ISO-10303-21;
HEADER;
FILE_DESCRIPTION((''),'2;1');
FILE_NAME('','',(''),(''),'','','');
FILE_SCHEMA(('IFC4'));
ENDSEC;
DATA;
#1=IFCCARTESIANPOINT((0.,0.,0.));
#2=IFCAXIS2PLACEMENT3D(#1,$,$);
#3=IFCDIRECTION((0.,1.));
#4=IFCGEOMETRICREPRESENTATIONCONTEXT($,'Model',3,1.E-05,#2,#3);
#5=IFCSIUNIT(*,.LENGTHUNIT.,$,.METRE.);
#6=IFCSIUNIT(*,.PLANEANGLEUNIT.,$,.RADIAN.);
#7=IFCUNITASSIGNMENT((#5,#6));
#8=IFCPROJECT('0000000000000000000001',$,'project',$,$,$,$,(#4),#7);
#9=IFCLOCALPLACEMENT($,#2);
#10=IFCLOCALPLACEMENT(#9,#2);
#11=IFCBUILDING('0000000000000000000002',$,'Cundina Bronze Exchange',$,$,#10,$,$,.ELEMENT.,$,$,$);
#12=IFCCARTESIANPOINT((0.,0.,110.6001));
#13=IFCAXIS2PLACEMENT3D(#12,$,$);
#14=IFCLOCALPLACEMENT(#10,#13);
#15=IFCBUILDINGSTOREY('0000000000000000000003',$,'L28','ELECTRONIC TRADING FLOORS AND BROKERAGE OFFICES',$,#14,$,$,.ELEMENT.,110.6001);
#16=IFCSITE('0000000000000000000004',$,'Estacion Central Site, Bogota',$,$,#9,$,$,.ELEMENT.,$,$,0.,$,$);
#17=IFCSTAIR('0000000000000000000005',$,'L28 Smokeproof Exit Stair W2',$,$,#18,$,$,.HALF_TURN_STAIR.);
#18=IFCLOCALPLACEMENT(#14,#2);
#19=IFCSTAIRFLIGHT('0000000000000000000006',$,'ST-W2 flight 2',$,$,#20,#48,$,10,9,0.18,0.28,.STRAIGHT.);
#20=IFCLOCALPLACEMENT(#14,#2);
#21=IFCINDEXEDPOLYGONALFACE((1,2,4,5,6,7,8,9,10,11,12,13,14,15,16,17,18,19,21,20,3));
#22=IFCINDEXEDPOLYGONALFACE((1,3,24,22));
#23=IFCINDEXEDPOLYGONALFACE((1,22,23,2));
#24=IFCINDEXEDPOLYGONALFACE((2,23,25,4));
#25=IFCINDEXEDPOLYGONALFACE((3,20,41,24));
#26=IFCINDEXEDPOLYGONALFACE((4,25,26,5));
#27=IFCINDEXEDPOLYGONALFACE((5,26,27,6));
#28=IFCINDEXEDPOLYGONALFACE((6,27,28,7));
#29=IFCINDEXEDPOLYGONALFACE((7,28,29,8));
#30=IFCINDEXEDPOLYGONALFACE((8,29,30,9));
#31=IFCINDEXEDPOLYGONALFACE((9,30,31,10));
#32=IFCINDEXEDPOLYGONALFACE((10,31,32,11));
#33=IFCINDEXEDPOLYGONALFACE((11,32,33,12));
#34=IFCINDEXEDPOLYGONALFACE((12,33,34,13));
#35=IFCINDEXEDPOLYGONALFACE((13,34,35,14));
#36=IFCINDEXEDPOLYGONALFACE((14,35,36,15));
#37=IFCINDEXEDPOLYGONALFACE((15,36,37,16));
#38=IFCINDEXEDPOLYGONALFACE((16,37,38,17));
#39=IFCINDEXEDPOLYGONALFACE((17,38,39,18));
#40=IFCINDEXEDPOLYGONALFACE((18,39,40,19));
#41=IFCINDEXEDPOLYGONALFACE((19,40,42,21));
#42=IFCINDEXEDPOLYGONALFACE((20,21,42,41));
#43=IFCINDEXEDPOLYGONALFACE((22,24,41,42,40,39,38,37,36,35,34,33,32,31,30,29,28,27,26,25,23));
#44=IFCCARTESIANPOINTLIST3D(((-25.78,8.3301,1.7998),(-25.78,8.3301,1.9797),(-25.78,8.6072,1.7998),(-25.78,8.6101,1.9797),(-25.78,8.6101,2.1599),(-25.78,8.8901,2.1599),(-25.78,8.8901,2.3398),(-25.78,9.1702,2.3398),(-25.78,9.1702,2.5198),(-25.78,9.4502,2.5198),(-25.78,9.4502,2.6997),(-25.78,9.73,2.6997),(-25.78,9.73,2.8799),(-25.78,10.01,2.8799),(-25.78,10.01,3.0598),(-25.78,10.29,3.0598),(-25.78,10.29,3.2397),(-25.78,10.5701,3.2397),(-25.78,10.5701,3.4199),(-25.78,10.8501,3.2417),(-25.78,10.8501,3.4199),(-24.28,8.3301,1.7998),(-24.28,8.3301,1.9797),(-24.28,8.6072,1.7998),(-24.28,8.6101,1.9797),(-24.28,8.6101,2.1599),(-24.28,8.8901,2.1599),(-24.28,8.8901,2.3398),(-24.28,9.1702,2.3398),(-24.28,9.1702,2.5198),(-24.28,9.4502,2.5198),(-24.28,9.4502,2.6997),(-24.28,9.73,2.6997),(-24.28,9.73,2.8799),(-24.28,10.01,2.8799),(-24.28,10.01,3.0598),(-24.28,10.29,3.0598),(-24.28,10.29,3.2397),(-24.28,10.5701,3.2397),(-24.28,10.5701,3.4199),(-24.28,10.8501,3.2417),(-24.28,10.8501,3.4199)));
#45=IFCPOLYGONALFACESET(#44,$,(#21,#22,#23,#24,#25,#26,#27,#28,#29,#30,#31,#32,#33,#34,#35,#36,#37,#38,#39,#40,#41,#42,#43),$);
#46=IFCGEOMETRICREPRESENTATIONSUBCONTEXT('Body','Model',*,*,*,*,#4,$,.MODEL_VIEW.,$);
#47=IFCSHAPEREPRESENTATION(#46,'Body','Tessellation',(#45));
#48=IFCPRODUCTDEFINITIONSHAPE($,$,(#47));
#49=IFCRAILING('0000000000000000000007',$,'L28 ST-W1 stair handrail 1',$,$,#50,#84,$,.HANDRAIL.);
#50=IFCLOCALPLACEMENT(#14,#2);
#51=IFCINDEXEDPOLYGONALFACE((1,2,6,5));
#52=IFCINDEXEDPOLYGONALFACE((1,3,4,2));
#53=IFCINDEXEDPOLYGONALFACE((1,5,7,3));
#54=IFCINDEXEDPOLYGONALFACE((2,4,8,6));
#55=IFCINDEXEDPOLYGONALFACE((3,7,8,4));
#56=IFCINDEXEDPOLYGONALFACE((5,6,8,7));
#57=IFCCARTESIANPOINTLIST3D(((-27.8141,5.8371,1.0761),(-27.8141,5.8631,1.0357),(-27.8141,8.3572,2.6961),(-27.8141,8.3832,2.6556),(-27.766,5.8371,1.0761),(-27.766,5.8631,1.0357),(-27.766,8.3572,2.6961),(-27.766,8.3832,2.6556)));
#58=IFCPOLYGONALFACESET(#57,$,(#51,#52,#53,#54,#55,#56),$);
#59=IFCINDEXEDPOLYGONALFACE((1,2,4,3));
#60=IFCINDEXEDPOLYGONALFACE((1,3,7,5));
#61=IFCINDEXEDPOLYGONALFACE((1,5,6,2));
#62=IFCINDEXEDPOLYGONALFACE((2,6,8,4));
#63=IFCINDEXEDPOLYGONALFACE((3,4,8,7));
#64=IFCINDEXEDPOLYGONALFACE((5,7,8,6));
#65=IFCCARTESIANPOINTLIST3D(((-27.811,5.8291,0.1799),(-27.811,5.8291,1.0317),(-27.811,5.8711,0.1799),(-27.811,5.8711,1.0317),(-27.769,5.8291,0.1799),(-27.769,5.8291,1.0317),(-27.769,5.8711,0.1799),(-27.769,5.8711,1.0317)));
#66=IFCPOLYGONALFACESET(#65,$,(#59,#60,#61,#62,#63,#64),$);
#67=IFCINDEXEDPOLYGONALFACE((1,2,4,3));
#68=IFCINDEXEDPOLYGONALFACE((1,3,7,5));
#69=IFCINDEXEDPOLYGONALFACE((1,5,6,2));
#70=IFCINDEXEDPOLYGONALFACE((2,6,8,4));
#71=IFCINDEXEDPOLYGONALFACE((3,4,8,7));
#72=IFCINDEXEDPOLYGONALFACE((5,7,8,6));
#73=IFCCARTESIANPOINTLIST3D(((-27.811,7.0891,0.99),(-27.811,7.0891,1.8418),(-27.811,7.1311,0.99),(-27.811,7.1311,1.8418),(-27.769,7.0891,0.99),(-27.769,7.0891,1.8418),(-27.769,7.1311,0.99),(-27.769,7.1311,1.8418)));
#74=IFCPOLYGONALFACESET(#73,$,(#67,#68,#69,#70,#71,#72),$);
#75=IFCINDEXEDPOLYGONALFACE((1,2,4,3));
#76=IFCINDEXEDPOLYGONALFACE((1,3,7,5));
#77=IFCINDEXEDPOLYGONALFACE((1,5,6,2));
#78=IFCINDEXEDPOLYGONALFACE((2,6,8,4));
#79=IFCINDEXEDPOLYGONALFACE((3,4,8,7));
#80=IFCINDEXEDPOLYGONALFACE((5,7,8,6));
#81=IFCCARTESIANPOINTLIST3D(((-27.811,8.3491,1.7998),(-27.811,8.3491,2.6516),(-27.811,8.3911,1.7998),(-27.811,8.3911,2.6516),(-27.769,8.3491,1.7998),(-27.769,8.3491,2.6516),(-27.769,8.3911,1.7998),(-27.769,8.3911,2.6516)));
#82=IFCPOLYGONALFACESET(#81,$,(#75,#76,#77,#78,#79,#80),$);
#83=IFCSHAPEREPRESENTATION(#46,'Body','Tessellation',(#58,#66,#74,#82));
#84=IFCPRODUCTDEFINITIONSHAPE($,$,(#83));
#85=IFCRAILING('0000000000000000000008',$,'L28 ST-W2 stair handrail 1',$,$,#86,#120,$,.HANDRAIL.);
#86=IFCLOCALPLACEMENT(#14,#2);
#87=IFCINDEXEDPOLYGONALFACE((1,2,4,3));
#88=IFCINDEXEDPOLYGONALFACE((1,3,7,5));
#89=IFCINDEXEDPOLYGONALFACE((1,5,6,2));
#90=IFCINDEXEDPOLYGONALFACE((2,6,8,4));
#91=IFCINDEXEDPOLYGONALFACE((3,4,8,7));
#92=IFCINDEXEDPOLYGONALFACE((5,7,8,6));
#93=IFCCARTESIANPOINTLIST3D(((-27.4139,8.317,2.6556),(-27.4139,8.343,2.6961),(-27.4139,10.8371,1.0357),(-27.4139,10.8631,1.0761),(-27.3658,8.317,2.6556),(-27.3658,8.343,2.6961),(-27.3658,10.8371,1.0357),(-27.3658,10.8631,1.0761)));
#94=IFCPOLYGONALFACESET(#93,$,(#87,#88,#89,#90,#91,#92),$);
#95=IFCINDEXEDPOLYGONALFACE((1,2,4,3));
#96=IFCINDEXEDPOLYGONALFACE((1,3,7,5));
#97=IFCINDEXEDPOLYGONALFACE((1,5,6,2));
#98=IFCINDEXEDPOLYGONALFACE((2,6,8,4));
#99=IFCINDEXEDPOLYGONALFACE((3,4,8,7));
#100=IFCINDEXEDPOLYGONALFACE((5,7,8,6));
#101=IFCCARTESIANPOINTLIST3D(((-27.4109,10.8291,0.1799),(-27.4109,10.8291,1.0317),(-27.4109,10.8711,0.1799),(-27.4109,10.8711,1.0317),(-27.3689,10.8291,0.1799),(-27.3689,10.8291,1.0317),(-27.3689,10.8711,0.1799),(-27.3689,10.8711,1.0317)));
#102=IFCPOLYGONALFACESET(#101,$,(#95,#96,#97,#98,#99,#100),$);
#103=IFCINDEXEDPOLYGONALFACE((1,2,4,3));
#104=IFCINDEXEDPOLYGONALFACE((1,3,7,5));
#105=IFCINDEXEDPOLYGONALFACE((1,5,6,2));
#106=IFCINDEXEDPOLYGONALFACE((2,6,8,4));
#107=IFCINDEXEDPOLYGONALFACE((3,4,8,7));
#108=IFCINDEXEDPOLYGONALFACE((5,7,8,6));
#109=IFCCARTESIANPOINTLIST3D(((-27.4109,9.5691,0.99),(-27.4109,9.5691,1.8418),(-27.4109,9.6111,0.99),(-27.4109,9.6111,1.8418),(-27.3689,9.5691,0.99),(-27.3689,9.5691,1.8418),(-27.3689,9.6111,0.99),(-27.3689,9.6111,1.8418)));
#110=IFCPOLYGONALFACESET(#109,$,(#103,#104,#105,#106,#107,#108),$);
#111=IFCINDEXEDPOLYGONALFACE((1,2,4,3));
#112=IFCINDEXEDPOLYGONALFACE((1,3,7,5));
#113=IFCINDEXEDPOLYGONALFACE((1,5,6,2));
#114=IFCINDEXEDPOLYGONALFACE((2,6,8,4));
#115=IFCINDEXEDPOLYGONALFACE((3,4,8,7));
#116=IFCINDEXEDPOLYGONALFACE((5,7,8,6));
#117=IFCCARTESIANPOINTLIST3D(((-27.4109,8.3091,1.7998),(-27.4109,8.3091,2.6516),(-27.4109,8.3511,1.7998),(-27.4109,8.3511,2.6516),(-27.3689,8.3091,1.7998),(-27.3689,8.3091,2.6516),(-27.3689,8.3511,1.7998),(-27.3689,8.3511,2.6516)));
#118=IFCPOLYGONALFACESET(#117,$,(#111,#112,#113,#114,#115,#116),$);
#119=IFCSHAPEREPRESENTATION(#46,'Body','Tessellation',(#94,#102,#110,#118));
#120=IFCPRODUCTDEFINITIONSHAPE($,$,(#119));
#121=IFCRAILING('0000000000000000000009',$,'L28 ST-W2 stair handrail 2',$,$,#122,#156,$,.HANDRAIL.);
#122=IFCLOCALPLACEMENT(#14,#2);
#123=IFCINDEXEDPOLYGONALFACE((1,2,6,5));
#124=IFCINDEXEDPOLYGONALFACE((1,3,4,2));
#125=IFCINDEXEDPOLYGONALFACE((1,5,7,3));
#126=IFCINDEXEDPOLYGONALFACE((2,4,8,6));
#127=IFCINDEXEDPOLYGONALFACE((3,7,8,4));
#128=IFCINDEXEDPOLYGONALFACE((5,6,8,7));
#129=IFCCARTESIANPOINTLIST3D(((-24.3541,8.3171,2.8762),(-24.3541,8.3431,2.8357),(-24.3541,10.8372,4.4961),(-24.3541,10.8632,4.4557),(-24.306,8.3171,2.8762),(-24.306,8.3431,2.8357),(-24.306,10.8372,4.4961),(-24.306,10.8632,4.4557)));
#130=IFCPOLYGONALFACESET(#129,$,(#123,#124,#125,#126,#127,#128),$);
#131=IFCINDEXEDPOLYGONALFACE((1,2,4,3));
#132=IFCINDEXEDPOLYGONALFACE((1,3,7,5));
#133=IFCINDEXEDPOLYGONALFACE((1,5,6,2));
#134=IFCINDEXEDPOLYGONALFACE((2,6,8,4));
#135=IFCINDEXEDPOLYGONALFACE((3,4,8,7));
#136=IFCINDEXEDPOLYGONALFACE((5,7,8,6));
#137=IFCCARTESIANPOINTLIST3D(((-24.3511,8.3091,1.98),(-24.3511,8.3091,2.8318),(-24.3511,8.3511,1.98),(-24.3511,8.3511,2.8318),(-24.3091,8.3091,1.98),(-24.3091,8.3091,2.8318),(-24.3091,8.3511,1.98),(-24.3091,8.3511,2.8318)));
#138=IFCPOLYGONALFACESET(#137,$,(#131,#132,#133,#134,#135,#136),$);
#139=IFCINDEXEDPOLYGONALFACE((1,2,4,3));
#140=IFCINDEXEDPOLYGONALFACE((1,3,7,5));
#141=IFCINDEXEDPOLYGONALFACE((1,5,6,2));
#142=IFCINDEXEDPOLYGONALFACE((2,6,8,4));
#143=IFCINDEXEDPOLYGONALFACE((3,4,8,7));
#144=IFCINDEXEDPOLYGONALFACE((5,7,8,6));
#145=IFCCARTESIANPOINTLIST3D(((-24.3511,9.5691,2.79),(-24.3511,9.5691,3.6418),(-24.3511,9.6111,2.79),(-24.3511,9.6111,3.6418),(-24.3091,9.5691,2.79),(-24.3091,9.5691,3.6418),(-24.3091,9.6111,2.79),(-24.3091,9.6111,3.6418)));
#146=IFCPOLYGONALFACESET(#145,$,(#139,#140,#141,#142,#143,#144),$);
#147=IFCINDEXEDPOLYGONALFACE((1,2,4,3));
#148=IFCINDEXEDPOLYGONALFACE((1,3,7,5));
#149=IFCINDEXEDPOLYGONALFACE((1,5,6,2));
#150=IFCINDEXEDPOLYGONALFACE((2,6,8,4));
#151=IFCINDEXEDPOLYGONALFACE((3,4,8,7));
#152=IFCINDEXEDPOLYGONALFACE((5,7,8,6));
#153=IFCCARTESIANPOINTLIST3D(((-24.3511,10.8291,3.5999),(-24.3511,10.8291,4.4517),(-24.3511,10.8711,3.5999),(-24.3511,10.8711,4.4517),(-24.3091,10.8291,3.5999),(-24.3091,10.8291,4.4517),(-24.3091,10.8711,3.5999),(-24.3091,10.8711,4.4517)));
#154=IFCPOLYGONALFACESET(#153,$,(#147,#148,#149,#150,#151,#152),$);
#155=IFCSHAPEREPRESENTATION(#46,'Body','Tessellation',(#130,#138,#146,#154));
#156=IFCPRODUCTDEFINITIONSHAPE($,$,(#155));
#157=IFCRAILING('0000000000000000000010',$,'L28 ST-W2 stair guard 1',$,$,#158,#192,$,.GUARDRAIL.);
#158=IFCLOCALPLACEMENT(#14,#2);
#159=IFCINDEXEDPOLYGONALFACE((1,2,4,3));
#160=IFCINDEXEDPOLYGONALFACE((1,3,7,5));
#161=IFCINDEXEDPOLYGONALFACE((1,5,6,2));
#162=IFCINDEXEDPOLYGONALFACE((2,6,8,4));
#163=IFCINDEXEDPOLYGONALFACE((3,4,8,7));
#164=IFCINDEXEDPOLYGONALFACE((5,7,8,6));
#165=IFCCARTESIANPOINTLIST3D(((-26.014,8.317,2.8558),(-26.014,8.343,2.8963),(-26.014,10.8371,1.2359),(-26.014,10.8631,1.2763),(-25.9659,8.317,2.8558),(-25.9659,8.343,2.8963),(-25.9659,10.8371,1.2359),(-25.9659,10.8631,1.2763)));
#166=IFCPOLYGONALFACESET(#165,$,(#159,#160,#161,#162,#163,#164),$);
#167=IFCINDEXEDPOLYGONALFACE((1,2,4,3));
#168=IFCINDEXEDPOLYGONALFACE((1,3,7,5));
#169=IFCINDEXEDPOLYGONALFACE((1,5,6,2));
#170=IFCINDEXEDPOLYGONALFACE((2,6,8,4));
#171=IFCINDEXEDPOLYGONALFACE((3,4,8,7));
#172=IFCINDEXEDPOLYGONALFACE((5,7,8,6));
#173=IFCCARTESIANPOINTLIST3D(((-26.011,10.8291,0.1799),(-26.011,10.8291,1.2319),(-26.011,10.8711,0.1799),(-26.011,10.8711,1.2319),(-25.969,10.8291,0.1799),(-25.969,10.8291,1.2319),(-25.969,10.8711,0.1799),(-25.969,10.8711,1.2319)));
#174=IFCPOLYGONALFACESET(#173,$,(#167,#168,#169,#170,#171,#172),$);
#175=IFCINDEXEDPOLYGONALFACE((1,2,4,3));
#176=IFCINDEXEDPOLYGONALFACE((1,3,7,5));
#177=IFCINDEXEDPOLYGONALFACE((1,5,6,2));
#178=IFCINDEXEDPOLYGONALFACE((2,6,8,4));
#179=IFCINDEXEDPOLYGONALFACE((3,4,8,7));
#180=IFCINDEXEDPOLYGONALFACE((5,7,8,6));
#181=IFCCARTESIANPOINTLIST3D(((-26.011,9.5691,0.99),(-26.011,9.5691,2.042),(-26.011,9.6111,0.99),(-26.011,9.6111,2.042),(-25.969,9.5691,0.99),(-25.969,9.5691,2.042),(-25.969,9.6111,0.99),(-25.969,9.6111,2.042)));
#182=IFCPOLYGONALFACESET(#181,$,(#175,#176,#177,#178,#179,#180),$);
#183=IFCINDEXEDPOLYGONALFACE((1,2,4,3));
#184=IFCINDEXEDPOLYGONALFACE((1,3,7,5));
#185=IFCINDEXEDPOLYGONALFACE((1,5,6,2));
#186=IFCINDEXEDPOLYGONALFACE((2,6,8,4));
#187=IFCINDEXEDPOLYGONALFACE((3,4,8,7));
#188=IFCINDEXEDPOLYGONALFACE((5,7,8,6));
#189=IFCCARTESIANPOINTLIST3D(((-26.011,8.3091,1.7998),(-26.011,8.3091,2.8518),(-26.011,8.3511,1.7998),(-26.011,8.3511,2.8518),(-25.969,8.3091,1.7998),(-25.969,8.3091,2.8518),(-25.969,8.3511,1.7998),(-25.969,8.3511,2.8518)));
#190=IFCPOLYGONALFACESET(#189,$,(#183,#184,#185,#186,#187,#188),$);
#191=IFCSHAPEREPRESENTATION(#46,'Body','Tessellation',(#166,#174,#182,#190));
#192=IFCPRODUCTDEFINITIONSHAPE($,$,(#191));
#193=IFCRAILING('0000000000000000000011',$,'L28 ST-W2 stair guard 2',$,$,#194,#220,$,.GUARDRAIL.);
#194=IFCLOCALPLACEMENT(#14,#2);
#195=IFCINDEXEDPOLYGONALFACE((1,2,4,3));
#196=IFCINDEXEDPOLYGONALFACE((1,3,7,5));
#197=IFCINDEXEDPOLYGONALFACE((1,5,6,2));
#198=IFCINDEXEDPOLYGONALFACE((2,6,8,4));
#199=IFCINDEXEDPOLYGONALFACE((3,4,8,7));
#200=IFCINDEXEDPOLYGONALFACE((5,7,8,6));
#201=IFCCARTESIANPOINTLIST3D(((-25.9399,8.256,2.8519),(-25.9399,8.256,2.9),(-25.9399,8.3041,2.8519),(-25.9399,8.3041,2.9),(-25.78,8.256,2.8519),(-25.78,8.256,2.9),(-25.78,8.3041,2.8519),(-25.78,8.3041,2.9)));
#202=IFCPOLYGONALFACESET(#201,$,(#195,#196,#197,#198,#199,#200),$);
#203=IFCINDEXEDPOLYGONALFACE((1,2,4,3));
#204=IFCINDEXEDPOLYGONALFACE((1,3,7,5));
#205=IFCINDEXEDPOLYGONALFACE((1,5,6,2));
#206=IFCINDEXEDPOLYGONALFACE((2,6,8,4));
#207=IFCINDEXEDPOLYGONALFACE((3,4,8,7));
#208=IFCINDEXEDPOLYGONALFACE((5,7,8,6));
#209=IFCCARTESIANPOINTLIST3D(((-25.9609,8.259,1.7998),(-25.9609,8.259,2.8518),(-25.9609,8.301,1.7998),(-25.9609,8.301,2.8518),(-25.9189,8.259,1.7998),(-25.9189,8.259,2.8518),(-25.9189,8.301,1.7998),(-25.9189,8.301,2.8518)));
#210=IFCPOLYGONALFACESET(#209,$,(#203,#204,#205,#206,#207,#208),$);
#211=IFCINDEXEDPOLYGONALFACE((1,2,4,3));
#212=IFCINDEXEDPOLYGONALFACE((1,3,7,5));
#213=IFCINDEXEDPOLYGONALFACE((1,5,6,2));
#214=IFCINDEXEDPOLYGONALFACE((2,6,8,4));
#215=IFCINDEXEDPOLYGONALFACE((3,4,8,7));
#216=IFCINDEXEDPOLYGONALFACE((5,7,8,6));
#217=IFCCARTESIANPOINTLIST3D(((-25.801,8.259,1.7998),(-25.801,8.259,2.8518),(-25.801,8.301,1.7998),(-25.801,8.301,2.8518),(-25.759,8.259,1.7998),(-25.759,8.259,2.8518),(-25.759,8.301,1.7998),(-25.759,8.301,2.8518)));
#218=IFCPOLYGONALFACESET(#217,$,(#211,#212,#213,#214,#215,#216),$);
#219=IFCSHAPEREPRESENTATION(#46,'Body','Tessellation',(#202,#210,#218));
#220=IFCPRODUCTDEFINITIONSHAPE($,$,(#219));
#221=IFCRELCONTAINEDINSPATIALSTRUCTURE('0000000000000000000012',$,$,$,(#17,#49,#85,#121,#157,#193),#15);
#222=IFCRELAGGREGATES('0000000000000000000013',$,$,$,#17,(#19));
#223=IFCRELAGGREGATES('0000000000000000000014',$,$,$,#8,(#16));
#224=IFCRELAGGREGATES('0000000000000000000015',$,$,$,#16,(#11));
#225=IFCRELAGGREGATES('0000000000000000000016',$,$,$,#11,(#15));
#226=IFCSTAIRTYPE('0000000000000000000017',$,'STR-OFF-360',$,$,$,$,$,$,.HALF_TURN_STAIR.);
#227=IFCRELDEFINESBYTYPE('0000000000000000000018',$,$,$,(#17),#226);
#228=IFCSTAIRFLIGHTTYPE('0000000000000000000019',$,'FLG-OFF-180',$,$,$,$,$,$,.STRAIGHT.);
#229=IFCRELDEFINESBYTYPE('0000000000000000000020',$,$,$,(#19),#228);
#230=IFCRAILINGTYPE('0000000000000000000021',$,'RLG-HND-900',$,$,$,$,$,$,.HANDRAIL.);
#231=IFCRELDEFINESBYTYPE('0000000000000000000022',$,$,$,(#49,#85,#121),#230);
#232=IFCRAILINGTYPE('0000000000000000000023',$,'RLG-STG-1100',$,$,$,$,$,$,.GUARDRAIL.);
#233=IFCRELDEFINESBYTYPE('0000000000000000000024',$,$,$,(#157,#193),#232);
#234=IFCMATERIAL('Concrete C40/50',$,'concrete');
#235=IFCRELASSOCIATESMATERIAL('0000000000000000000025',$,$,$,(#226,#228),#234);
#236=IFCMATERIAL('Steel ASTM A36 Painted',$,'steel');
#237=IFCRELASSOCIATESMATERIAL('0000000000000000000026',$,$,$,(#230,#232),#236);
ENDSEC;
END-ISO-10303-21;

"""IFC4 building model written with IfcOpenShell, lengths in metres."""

from ifc_helpers import new_model, si_unit, direction, frame, origin, origin_2d, place, context, subcontext, project, spatial, polyline, rectangle, outline, extrude, material, type_object, element, aggregate, save


model = new_model("IFC4")

# Units and contexts
model_context = context("Model", 3, precision=1e-05, world=origin(), true_north=direction((0.0, 1.0)))
body_context = subcontext(model_context, "Body", "Model", "MODEL_VIEW")
ifc_project = project(units=[si_unit("LENGTHUNIT", "METRE"), si_unit("PLANEANGLEUNIT", "RADIAN")], contexts=[model_context])

# Site, building, storey
site_placement = place(None, origin())
site = spatial("IfcSite", under=ifc_project, at=site_placement, Name="Estacion Central Site, Bogota", CompositionType="ELEMENT", RefElevation=0.0)
building_placement = place(site_placement, origin())
building = spatial("IfcBuilding", under=site, at=building_placement, Name="Cundina Bronze Exchange", CompositionType="ELEMENT")
storey_placement = place(building_placement, frame((0.0, 0.0, 110.6001)))
storey = spatial("IfcBuildingStorey", under=building, at=storey_placement, Name="L28", Description="ELECTRONIC TRADING FLOORS AND BROKERAGE OFFICES", CompositionType="ELEMENT", Elevation=110.6001)

# Shared definitions
ifc_material_1 = material(Name="Steel ASTM A36 Painted", Category="steel")

# Shared definitions
ifc_material_2 = material(Name="Concrete C40/50", Category="concrete")
stair_type = type_object("IfcStairType", Name="STR-OFF-360", PredefinedType="HALF_TURN_STAIR", material=ifc_material_2)
stair_flight_type = type_object("IfcStairFlightType", Name="FLG-OFF-180", PredefinedType="STRAIGHT", material=ifc_material_2)

# Stair, stair flight
stair_1_placement = place(storey_placement, origin())
stair_1 = element("IfcStair", 1, at=stair_1_placement, inside=storey, type_object=stair_type, Name="L28 Smokeproof Exit Stair W2", PredefinedType="HALF_TURN_STAIR")
stair_flight_1_placement = place(storey_placement, frame((-25.03, 8.3301, 1.7998), z_axis=(0.0, 0.0, 1.0), x_axis=(0.0, 1.0, 0.0)))
stair_flight_1 = element("IfcStairFlight", 2, at=stair_flight_1_placement, type_object=stair_flight_type, Name="ST-W2 flight 2", NumberOfRisers=10, NumberOfTreads=9, PredefinedType="STRAIGHT", RiserHeight=0.18, TreadLength=0.28, context=body_context, shape_type="SweptSolid", body=[
    extrude(outline(polyline([(0.0, 0.0), (0.0, 0.1799), (0.28, 0.1799), (0.28, 0.3601), (0.5601, 0.3601), (0.5601, 0.54), (0.8401, 0.54), (0.8401, 0.72), (1.1201, 0.72), (1.1201, 0.8999), (1.3999, 0.8999), (1.3999, 1.0801), (1.6799, 1.0801), (1.6799, 1.26), (1.96, 1.26), (1.96, 1.4399), (2.24, 1.4399), (2.24, 1.6201), (2.52, 1.6201), (2.52, 1.8), (2.52, 1.4419), (0.2771, 0.0), (0.0, 0.0)])), frame((0.0, 0.75, 0.0), z_axis=(0.0, -1.0, 0.0), x_axis=(1.0, 0.0, 0.0)), (0.0, 0.0, 1.0), 1.5),
])
aggregate(stair_1, [stair_flight_1])

# Railings
railing_type_1 = type_object("IfcRailingType", Name="RLG-HND-900", PredefinedType="HANDRAIL", material=ifc_material_1)
railing_1_placement = place(storey_placement, frame((-27.79, 5.8501, 0.1799)))
element("IfcRailing", 3, at=railing_1_placement, inside=storey, type_object=railing_type_1, Name="L28 ST-W1 stair handrail 1", PredefinedType="HANDRAIL", context=body_context, shape_type="SweptSolid", body=[
    extrude(rectangle(XDim=0.0481, YDim=0.0481, at=origin_2d()), frame((0.0, 0.0, 0.876), z_axis=(0.0, 0.8412, 0.540725), x_axis=(-1.0, 0.0, 0.0)), (0.0, 0.0, 1.0), 2.9958),
    extrude(rectangle(XDim=0.042, YDim=0.042, at=origin_2d()), origin(), (0.0, 0.0, 1.0), 0.8518),
    extrude(rectangle(XDim=0.042, YDim=0.042, at=origin_2d()), frame((0.0, 1.26, 0.8101)), (0.0, 0.0, 1.0), 0.8518),
    extrude(rectangle(XDim=0.042, YDim=0.042, at=origin_2d()), frame((0.0, 2.52, 1.6199)), (0.0, 0.0, 1.0), 0.8518),
])
railing_2_placement = place(storey_placement, frame((-27.3899, 10.8501, 0.1799)))
element("IfcRailing", 4, at=railing_2_placement, inside=storey, type_object=railing_type_1, Name="L28 ST-W2 stair handrail 1", PredefinedType="HANDRAIL", context=body_context, shape_type="SweptSolid", body=[
    extrude(rectangle(XDim=0.0481, YDim=0.0481, at=origin_2d()), frame((0.0, 0.0, 0.876), z_axis=(0.0, -0.8412, 0.540725), x_axis=(1.0, 0.0, 0.0)), (0.0, 0.0, 1.0), 2.9958),
    extrude(rectangle(XDim=0.042, YDim=0.042, at=origin_2d()), origin(), (0.0, 0.0, 1.0), 0.8518),
    extrude(rectangle(XDim=0.042, YDim=0.042, at=origin_2d()), frame((0.0, -1.26, 0.8101)), (0.0, 0.0, 1.0), 0.8518),
    extrude(rectangle(XDim=0.042, YDim=0.042, at=origin_2d()), frame((0.0, -2.52, 1.6199)), (0.0, 0.0, 1.0), 0.8518),
])
railing_3_placement = place(storey_placement, frame((-24.3301, 8.3301, 1.98)))
element("IfcRailing", 5, at=railing_3_placement, inside=storey, type_object=railing_type_1, Name="L28 ST-W2 stair handrail 2", PredefinedType="HANDRAIL", context=body_context, shape_type="SweptSolid", body=[
    extrude(rectangle(XDim=0.0481, YDim=0.0481, at=origin_2d()), frame((0.0, 0.0, 0.876), z_axis=(0.0, 0.8412, 0.540725), x_axis=(-1.0, 0.0, 0.0)), (0.0, 0.0, 1.0), 2.9958),
    extrude(rectangle(XDim=0.042, YDim=0.042, at=origin_2d()), origin(), (0.0, 0.0, 1.0), 0.8518),
    extrude(rectangle(XDim=0.042, YDim=0.042, at=origin_2d()), frame((0.0, 1.26, 0.8101)), (0.0, 0.0, 1.0), 0.8518),
    extrude(rectangle(XDim=0.042, YDim=0.042, at=origin_2d()), frame((0.0, 2.52, 1.6199)), (0.0, 0.0, 1.0), 0.8518),
])
railing_type_2 = type_object("IfcRailingType", Name="RLG-STG-1100", PredefinedType="GUARDRAIL", material=ifc_material_1)
railing_4_placement = place(storey_placement, frame((-25.99, 10.8501, 0.1799)))
element("IfcRailing", 6, at=railing_4_placement, inside=storey, type_object=railing_type_2, Name="L28 ST-W2 stair guard 1", PredefinedType="GUARDRAIL", context=body_context, shape_type="SweptSolid", body=[
    extrude(rectangle(XDim=0.0481, YDim=0.0481, at=origin_2d()), frame((0.0, 0.0, 1.0762), z_axis=(0.0, -0.8412, 0.540725), x_axis=(1.0, 0.0, 0.0)), (0.0, 0.0, 1.0), 2.9958),
    extrude(rectangle(XDim=0.042, YDim=0.042, at=origin_2d()), origin(), (0.0, 0.0, 1.0), 1.052),
    extrude(rectangle(XDim=0.042, YDim=0.042, at=origin_2d()), frame((0.0, -1.26, 0.8101)), (0.0, 0.0, 1.0), 1.052),
    extrude(rectangle(XDim=0.042, YDim=0.042, at=origin_2d()), frame((0.0, -2.52, 1.6199)), (0.0, 0.0, 1.0), 1.052),
])
railing_5_placement = place(storey_placement, frame((-25.9399, 8.28, 1.7998)))
element("IfcRailing", 7, at=railing_5_placement, inside=storey, type_object=railing_type_2, Name="L28 ST-W2 stair guard 2", PredefinedType="GUARDRAIL", context=body_context, shape_type="SweptSolid", body=[
    extrude(rectangle(XDim=0.0481, YDim=0.0481, at=origin_2d()), frame((0.0, 0.0, 1.0762), z_axis=(1.0, 0.0, 0.0), x_axis=(0.0, 1.0, 0.0)), (0.0, 0.0, 1.0), 0.1599),
    extrude(rectangle(XDim=0.042, YDim=0.042, at=origin_2d()), origin(), (0.0, 0.0, 1.0), 1.052),
    extrude(rectangle(XDim=0.042, YDim=0.042, at=origin_2d()), frame((0.1599, 0.0, 0.0)), (0.0, 0.0, 1.0), 1.052),
])

save(model, "model.ifc")
